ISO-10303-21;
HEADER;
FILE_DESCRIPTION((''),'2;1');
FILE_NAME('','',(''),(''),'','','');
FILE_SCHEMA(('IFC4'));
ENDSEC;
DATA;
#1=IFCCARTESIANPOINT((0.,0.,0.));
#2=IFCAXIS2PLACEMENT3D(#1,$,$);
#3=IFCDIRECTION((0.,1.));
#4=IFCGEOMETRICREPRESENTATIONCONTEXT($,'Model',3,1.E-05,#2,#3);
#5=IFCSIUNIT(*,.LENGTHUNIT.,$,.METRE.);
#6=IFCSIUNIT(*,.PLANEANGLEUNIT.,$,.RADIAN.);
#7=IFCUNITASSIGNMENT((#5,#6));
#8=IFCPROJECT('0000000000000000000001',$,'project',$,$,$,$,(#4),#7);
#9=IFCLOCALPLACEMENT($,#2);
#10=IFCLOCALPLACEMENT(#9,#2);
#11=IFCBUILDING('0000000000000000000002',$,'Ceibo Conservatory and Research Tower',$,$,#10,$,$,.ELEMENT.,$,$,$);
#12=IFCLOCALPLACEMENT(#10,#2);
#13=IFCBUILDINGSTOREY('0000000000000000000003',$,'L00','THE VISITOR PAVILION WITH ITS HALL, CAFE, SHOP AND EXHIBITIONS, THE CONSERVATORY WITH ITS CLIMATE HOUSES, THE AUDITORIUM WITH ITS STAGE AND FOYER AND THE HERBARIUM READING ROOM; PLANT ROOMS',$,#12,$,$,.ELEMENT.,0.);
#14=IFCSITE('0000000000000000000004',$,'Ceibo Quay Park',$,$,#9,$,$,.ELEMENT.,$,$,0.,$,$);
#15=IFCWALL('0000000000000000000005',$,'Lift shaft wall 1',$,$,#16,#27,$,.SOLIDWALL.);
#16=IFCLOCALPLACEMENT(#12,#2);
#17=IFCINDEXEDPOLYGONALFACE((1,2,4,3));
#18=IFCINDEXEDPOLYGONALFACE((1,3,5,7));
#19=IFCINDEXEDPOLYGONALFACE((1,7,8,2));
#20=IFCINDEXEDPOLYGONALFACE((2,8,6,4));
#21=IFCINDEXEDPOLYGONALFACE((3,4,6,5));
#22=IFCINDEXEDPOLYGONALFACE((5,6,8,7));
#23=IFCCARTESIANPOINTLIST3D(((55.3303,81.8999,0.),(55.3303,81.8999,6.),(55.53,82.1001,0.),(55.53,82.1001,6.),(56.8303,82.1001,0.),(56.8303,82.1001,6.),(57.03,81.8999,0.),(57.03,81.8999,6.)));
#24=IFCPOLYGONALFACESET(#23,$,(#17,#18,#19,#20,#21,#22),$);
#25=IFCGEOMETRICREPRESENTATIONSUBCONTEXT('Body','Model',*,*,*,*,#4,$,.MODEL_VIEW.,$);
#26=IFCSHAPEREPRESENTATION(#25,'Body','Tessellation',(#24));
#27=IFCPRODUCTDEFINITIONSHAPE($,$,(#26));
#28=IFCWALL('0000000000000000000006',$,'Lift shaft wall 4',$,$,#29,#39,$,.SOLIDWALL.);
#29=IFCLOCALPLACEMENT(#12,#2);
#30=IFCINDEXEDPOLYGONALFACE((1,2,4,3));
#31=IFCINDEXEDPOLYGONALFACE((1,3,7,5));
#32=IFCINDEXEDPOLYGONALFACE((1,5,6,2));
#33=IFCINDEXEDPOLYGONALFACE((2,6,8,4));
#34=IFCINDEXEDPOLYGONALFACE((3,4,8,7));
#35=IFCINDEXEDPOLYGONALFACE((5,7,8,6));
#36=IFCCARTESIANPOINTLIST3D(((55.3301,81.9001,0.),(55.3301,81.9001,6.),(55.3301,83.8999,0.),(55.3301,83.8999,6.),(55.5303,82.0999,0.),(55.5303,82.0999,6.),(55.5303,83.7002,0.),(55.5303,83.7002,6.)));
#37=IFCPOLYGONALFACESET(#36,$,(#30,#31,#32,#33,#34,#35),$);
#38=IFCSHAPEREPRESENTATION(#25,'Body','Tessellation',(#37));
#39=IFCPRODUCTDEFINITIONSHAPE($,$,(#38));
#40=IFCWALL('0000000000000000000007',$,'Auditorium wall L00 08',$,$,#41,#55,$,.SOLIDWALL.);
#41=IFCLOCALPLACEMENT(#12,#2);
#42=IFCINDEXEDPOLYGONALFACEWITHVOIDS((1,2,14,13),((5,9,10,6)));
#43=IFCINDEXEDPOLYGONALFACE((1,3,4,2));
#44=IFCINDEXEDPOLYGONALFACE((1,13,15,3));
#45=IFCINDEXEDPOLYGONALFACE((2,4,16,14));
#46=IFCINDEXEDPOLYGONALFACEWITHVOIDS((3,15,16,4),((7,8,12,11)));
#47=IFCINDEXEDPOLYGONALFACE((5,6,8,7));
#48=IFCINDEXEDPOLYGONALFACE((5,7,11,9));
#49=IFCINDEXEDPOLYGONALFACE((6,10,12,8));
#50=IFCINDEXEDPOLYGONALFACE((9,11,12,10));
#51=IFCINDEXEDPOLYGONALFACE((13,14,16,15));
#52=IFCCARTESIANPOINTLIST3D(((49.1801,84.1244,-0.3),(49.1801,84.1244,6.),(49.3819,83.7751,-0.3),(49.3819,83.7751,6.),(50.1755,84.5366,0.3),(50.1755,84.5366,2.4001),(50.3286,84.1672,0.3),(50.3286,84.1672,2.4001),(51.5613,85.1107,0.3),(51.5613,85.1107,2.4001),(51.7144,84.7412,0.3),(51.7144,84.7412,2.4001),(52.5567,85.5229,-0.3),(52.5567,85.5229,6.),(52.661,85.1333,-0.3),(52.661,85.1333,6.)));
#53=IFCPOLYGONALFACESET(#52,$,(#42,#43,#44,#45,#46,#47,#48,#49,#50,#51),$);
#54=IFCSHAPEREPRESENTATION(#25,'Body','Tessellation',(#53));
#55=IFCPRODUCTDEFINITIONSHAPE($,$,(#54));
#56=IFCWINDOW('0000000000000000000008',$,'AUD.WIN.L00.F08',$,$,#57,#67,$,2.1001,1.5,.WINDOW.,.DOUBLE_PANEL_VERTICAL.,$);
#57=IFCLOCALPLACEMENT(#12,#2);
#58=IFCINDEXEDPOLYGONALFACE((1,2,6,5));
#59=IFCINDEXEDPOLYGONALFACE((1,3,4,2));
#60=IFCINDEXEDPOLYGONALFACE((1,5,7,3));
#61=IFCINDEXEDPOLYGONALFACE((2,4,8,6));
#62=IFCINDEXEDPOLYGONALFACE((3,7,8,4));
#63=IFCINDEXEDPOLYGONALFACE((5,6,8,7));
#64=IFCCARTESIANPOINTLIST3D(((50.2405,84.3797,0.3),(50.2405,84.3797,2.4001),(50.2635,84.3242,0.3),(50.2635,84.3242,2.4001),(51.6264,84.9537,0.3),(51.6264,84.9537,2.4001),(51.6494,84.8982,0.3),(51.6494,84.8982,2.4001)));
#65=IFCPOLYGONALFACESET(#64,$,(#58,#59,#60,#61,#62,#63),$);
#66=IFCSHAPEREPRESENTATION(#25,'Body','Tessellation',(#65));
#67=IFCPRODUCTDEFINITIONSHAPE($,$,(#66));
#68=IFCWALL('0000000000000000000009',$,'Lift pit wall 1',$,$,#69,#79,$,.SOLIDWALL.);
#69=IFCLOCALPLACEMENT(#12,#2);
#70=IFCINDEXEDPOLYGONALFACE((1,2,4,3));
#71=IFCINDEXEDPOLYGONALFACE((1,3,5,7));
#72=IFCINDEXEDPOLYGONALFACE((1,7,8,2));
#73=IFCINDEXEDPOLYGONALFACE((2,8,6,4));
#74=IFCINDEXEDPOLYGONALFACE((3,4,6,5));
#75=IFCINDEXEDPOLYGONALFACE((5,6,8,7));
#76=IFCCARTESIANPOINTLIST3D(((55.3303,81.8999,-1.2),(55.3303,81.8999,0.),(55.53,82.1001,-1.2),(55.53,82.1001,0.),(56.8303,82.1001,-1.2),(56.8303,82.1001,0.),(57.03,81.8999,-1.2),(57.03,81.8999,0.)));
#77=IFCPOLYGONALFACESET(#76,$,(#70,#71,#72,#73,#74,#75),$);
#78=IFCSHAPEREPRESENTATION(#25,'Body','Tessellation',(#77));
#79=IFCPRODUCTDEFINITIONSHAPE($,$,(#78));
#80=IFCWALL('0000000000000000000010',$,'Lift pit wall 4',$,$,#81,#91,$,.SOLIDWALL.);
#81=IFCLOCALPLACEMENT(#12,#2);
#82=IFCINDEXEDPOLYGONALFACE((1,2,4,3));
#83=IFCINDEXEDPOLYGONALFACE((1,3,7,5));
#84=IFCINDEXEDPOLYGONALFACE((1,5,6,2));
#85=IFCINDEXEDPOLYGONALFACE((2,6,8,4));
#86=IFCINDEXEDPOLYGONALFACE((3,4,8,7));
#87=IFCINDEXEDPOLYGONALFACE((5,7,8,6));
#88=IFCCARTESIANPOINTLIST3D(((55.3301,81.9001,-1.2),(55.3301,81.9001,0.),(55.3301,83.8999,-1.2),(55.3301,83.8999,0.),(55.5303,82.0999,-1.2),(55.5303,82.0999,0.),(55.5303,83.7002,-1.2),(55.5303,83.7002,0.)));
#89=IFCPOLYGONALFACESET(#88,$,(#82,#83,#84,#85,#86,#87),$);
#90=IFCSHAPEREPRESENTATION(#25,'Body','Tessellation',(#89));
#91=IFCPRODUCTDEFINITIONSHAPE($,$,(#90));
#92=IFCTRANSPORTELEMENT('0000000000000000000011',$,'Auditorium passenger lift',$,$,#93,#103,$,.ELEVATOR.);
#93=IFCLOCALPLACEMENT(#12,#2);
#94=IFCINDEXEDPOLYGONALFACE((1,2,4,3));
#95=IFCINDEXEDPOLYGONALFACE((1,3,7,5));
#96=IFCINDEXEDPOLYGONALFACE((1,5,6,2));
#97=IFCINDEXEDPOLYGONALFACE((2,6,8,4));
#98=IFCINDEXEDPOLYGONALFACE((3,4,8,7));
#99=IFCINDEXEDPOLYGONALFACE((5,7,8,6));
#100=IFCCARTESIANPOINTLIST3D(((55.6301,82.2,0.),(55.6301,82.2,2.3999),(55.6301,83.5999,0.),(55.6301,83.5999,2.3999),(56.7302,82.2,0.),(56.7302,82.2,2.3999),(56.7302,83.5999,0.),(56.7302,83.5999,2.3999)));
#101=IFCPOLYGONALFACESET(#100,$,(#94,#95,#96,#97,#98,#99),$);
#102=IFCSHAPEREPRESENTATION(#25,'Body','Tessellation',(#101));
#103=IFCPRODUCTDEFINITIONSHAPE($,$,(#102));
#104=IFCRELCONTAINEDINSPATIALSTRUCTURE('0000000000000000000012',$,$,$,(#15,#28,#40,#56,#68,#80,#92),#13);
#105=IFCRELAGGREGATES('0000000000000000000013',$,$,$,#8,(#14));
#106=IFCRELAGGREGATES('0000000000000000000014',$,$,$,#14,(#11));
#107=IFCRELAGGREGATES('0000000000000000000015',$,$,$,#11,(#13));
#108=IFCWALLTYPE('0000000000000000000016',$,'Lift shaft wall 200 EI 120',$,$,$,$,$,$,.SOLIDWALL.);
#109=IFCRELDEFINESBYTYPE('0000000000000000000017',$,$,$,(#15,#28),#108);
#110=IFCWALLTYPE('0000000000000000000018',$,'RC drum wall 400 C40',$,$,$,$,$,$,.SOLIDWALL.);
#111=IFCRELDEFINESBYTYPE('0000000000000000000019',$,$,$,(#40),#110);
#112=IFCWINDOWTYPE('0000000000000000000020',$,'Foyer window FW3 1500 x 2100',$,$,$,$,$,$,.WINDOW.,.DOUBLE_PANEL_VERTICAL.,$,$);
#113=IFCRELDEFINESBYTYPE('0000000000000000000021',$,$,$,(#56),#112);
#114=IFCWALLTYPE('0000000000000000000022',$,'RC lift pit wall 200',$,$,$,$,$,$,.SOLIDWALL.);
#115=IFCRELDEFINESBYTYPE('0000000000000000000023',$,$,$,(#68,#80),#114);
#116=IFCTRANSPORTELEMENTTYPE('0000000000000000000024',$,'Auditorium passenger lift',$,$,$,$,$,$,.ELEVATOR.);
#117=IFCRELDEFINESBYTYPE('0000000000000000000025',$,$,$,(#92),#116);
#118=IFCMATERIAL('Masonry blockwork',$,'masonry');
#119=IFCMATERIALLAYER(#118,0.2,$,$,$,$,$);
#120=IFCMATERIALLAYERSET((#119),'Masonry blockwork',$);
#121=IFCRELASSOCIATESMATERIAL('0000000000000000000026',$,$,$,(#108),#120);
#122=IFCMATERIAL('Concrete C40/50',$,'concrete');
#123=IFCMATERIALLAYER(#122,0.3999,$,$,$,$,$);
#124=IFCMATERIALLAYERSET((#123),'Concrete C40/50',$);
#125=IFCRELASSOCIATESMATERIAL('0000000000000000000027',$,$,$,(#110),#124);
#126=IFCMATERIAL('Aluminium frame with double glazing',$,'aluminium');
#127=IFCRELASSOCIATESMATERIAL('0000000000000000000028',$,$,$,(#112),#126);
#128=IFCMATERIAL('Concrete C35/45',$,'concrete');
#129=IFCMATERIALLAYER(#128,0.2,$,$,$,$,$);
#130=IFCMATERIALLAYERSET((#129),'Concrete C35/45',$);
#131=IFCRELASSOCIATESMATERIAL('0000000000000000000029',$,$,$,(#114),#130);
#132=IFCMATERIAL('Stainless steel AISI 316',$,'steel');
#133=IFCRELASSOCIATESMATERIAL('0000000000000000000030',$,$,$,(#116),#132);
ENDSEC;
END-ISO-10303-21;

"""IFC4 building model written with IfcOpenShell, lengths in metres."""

from ifc_helpers import new_model, si_unit, direction, frame, frame_2d, origin, origin_2d, place, context, subcontext, project, spatial, polyline, rectangle, outline, extrude, material, layer, layer_set, type_object, element, fill, save


model = new_model("IFC4")

# Units and contexts
model_context = context("Model", 3, precision=1e-05, world=origin(), true_north=direction((0.0, 1.0)))
body_context = subcontext(model_context, "Body", "Model", "MODEL_VIEW")
ifc_project = project(units=[si_unit("LENGTHUNIT", "METRE"), si_unit("PLANEANGLEUNIT", "RADIAN")], contexts=[model_context])

# Site, building, storey
site_placement = place(None, origin())
site = spatial("IfcSite", under=ifc_project, at=site_placement, Name="Ceibo Quay Park", CompositionType="ELEMENT", RefElevation=0.0)
building_placement = place(site_placement, origin())
building = spatial("IfcBuilding", under=site, at=building_placement, Name="Ceibo Conservatory and Research Tower", CompositionType="ELEMENT")
storey_placement = place(building_placement, origin())
storey = spatial("IfcBuildingStorey", under=building, at=storey_placement, Name="L00", Description="THE VISITOR PAVILION WITH ITS HALL, CAFE, SHOP AND EXHIBITIONS, THE CONSERVATORY WITH ITS CLIMATE HOUSES, THE AUDITORIUM WITH ITS STAGE AND FOYER AND THE HERBARIUM READING ROOM; PLANT ROOMS", CompositionType="ELEMENT", Elevation=0.0)

# Shared definitions
ifc_material_1 = material(Name="Concrete C35/45", Category="concrete")

# Shared definitions
ifc_material_2 = material(Name="Concrete C40/50", Category="concrete")

# Shared definitions
ifc_material_3 = material(Name="Masonry blockwork", Category="masonry")

# Walls
ifc_layer_1 = layer(ifc_material_3, 0.2)
ifc_layer_set_1 = layer_set([ifc_layer_1], Name="Masonry blockwork")
wall_type_1 = type_object("IfcWallType", Name="Lift shaft wall 200 EI 120", PredefinedType="SOLIDWALL", material=ifc_layer_set_1)
wall_1_placement = place(storey_placement, frame((55.4302, 82.0, 0.0), z_axis=(0.0, 0.0, 1.0), x_axis=(1.0, 0.0, 0.0)))
element("IfcWall", 1, at=wall_1_placement, inside=storey, type_object=wall_type_1, Name="Lift shaft wall 1", PredefinedType="SOLIDWALL", context=body_context, shape_type="SweptSolid", body=[
    extrude(outline(polyline([(-0.0999, -0.1001), (1.5999, -0.1001), (1.4001, 0.1001), (0.0999, 0.1001), (-0.0999, -0.1001)])), origin(), (0.0, 0.0, 1.0), 6.0),
])
wall_2_placement = place(storey_placement, frame((55.4302, 83.8, 0.0), z_axis=(0.0, 0.0, 1.0), x_axis=(0.0, -1.0, 0.0)))
element("IfcWall", 2, at=wall_2_placement, inside=storey, type_object=wall_type_1, Name="Lift shaft wall 4", PredefinedType="SOLIDWALL", context=body_context, shape_type="SweptSolid", body=[
    extrude(outline(polyline([(-0.0999, -0.1001), (1.8999, -0.1001), (1.7002, 0.1001), (0.0999, 0.1001), (-0.0999, -0.1001)])), origin(), (0.0, 0.0, 1.0), 6.0),
])

# Wall, opening, window
ifc_layer_2 = layer(ifc_material_2, 0.3999)
ifc_layer_set_2 = layer_set([ifc_layer_2], Name="Concrete C40/50")
wall_type_2 = type_object("IfcWallType", Name="RC drum wall 400 C40", PredefinedType="SOLIDWALL", material=ifc_layer_set_2)
wall_3_placement = place(storey_placement, frame((52.6089, 85.3281, -0.3), z_axis=(0.0, 0.0, 1.0), x_axis=(-0.923883, -0.382675, 0.0)))
wall_3 = element("IfcWall", 3, at=wall_3_placement, inside=storey, type_object=wall_type_2, Name="Auditorium wall L00 08", PredefinedType="SOLIDWALL", context=body_context, shape_type="SweptSolid", body=[
    extrude(outline(polyline([(-0.0264, -0.2), (3.6284, -0.2), (3.5757, 0.2), (0.0264, 0.2), (-0.0264, -0.2)])), origin(), (0.0, 0.0, 1.0), 6.3),
])
opening_1_placement = place(wall_3_placement, frame((1.051, 0.0, 0.6001)))
opening_1 = element("IfcOpeningElement", 4, at=opening_1_placement, cuts=wall_3, PredefinedType="OPENING", context=body_context, shape_type="SweptSolid", body=[
    extrude(rectangle(XDim=1.5, YDim=2.1001, at=frame_2d((0.75, 1.05))), frame((0.0, 0.21, 0.0), z_axis=(0.0, -1.0, 0.0), x_axis=(1.0, 0.0, 0.0)), (0.0, 0.0, 1.0), 0.4199),
])
ifc_material_4 = material(Name="Aluminium frame with double glazing", Category="aluminium")
window_type = type_object("IfcWindowType", Name="Foyer window FW3 1500 x 2100", PartitioningType="DOUBLE_PANEL_VERTICAL", PredefinedType="WINDOW", material=ifc_material_4)
window_placement = place(opening_1_placement, origin())
window = element("IfcWindow", 5, at=window_placement, inside=storey, type_object=window_type, Name="AUD.WIN.L00.F08", OverallHeight=2.1001, OverallWidth=1.5, PartitioningType="DOUBLE_PANEL_VERTICAL", PredefinedType="WINDOW", context=body_context, shape_type="SweptSolid", body=[
    extrude(rectangle(XDim=1.5, YDim=2.1001, at=frame_2d((0.75, 1.05))), frame((0.0, 0.03, 0.0), z_axis=(0.0, -1.0, 0.0), x_axis=(1.0, 0.0, 0.0)), (0.0, 0.0, 1.0), 0.0601),
])
fill(opening_1, window)

# Walls
ifc_layer_3 = layer(ifc_material_1, 0.2)
ifc_layer_set_3 = layer_set([ifc_layer_3], Name="Concrete C35/45")
wall_type_3 = type_object("IfcWallType", Name="RC lift pit wall 200", PredefinedType="SOLIDWALL", material=ifc_layer_set_3)
wall_4_placement = place(storey_placement, frame((55.4302, 82.0, -1.2), z_axis=(0.0, 0.0, 1.0), x_axis=(1.0, 0.0, 0.0)))
element("IfcWall", 6, at=wall_4_placement, inside=storey, type_object=wall_type_3, Name="Lift pit wall 1", PredefinedType="SOLIDWALL", context=body_context, shape_type="SweptSolid", body=[
    extrude(outline(polyline([(-0.0999, -0.1001), (1.5999, -0.1001), (1.4001, 0.1001), (0.0999, 0.1001), (-0.0999, -0.1001)])), origin(), (0.0, 0.0, 1.0), 1.2),
])
wall_5_placement = place(storey_placement, frame((55.4302, 83.8, -1.2), z_axis=(0.0, 0.0, 1.0), x_axis=(0.0, -1.0, 0.0)))
element("IfcWall", 7, at=wall_5_placement, inside=storey, type_object=wall_type_3, Name="Lift pit wall 4", PredefinedType="SOLIDWALL", context=body_context, shape_type="SweptSolid", body=[
    extrude(outline(polyline([(-0.0999, -0.1001), (1.8999, -0.1001), (1.7002, 0.1001), (0.0999, 0.1001), (-0.0999, -0.1001)])), origin(), (0.0, 0.0, 1.0), 1.2),
])

# Transport element
ifc_material_5 = material(Name="Stainless steel AISI 316", Category="steel")
transport_element_type = type_object("IfcTransportElementType", Name="Auditorium passenger lift", PredefinedType="ELEVATOR", material=ifc_material_5)
transport_element_placement = place(storey_placement, frame((56.1802, 82.8999, 0.0), z_axis=(0.0, 0.0, 1.0), x_axis=(1.0, 0.0, 0.0)))
element("IfcTransportElement", 8, at=transport_element_placement, inside=storey, type_object=transport_element_type, Name="Auditorium passenger lift", PredefinedType="ELEVATOR", context=body_context, shape_type="SweptSolid", body=[
    extrude(rectangle(XDim=1.1001, YDim=1.3999, at=origin_2d()), origin(), (0.0, 0.0, 1.0), 2.3999),
])

save(model, "model.ifc")
